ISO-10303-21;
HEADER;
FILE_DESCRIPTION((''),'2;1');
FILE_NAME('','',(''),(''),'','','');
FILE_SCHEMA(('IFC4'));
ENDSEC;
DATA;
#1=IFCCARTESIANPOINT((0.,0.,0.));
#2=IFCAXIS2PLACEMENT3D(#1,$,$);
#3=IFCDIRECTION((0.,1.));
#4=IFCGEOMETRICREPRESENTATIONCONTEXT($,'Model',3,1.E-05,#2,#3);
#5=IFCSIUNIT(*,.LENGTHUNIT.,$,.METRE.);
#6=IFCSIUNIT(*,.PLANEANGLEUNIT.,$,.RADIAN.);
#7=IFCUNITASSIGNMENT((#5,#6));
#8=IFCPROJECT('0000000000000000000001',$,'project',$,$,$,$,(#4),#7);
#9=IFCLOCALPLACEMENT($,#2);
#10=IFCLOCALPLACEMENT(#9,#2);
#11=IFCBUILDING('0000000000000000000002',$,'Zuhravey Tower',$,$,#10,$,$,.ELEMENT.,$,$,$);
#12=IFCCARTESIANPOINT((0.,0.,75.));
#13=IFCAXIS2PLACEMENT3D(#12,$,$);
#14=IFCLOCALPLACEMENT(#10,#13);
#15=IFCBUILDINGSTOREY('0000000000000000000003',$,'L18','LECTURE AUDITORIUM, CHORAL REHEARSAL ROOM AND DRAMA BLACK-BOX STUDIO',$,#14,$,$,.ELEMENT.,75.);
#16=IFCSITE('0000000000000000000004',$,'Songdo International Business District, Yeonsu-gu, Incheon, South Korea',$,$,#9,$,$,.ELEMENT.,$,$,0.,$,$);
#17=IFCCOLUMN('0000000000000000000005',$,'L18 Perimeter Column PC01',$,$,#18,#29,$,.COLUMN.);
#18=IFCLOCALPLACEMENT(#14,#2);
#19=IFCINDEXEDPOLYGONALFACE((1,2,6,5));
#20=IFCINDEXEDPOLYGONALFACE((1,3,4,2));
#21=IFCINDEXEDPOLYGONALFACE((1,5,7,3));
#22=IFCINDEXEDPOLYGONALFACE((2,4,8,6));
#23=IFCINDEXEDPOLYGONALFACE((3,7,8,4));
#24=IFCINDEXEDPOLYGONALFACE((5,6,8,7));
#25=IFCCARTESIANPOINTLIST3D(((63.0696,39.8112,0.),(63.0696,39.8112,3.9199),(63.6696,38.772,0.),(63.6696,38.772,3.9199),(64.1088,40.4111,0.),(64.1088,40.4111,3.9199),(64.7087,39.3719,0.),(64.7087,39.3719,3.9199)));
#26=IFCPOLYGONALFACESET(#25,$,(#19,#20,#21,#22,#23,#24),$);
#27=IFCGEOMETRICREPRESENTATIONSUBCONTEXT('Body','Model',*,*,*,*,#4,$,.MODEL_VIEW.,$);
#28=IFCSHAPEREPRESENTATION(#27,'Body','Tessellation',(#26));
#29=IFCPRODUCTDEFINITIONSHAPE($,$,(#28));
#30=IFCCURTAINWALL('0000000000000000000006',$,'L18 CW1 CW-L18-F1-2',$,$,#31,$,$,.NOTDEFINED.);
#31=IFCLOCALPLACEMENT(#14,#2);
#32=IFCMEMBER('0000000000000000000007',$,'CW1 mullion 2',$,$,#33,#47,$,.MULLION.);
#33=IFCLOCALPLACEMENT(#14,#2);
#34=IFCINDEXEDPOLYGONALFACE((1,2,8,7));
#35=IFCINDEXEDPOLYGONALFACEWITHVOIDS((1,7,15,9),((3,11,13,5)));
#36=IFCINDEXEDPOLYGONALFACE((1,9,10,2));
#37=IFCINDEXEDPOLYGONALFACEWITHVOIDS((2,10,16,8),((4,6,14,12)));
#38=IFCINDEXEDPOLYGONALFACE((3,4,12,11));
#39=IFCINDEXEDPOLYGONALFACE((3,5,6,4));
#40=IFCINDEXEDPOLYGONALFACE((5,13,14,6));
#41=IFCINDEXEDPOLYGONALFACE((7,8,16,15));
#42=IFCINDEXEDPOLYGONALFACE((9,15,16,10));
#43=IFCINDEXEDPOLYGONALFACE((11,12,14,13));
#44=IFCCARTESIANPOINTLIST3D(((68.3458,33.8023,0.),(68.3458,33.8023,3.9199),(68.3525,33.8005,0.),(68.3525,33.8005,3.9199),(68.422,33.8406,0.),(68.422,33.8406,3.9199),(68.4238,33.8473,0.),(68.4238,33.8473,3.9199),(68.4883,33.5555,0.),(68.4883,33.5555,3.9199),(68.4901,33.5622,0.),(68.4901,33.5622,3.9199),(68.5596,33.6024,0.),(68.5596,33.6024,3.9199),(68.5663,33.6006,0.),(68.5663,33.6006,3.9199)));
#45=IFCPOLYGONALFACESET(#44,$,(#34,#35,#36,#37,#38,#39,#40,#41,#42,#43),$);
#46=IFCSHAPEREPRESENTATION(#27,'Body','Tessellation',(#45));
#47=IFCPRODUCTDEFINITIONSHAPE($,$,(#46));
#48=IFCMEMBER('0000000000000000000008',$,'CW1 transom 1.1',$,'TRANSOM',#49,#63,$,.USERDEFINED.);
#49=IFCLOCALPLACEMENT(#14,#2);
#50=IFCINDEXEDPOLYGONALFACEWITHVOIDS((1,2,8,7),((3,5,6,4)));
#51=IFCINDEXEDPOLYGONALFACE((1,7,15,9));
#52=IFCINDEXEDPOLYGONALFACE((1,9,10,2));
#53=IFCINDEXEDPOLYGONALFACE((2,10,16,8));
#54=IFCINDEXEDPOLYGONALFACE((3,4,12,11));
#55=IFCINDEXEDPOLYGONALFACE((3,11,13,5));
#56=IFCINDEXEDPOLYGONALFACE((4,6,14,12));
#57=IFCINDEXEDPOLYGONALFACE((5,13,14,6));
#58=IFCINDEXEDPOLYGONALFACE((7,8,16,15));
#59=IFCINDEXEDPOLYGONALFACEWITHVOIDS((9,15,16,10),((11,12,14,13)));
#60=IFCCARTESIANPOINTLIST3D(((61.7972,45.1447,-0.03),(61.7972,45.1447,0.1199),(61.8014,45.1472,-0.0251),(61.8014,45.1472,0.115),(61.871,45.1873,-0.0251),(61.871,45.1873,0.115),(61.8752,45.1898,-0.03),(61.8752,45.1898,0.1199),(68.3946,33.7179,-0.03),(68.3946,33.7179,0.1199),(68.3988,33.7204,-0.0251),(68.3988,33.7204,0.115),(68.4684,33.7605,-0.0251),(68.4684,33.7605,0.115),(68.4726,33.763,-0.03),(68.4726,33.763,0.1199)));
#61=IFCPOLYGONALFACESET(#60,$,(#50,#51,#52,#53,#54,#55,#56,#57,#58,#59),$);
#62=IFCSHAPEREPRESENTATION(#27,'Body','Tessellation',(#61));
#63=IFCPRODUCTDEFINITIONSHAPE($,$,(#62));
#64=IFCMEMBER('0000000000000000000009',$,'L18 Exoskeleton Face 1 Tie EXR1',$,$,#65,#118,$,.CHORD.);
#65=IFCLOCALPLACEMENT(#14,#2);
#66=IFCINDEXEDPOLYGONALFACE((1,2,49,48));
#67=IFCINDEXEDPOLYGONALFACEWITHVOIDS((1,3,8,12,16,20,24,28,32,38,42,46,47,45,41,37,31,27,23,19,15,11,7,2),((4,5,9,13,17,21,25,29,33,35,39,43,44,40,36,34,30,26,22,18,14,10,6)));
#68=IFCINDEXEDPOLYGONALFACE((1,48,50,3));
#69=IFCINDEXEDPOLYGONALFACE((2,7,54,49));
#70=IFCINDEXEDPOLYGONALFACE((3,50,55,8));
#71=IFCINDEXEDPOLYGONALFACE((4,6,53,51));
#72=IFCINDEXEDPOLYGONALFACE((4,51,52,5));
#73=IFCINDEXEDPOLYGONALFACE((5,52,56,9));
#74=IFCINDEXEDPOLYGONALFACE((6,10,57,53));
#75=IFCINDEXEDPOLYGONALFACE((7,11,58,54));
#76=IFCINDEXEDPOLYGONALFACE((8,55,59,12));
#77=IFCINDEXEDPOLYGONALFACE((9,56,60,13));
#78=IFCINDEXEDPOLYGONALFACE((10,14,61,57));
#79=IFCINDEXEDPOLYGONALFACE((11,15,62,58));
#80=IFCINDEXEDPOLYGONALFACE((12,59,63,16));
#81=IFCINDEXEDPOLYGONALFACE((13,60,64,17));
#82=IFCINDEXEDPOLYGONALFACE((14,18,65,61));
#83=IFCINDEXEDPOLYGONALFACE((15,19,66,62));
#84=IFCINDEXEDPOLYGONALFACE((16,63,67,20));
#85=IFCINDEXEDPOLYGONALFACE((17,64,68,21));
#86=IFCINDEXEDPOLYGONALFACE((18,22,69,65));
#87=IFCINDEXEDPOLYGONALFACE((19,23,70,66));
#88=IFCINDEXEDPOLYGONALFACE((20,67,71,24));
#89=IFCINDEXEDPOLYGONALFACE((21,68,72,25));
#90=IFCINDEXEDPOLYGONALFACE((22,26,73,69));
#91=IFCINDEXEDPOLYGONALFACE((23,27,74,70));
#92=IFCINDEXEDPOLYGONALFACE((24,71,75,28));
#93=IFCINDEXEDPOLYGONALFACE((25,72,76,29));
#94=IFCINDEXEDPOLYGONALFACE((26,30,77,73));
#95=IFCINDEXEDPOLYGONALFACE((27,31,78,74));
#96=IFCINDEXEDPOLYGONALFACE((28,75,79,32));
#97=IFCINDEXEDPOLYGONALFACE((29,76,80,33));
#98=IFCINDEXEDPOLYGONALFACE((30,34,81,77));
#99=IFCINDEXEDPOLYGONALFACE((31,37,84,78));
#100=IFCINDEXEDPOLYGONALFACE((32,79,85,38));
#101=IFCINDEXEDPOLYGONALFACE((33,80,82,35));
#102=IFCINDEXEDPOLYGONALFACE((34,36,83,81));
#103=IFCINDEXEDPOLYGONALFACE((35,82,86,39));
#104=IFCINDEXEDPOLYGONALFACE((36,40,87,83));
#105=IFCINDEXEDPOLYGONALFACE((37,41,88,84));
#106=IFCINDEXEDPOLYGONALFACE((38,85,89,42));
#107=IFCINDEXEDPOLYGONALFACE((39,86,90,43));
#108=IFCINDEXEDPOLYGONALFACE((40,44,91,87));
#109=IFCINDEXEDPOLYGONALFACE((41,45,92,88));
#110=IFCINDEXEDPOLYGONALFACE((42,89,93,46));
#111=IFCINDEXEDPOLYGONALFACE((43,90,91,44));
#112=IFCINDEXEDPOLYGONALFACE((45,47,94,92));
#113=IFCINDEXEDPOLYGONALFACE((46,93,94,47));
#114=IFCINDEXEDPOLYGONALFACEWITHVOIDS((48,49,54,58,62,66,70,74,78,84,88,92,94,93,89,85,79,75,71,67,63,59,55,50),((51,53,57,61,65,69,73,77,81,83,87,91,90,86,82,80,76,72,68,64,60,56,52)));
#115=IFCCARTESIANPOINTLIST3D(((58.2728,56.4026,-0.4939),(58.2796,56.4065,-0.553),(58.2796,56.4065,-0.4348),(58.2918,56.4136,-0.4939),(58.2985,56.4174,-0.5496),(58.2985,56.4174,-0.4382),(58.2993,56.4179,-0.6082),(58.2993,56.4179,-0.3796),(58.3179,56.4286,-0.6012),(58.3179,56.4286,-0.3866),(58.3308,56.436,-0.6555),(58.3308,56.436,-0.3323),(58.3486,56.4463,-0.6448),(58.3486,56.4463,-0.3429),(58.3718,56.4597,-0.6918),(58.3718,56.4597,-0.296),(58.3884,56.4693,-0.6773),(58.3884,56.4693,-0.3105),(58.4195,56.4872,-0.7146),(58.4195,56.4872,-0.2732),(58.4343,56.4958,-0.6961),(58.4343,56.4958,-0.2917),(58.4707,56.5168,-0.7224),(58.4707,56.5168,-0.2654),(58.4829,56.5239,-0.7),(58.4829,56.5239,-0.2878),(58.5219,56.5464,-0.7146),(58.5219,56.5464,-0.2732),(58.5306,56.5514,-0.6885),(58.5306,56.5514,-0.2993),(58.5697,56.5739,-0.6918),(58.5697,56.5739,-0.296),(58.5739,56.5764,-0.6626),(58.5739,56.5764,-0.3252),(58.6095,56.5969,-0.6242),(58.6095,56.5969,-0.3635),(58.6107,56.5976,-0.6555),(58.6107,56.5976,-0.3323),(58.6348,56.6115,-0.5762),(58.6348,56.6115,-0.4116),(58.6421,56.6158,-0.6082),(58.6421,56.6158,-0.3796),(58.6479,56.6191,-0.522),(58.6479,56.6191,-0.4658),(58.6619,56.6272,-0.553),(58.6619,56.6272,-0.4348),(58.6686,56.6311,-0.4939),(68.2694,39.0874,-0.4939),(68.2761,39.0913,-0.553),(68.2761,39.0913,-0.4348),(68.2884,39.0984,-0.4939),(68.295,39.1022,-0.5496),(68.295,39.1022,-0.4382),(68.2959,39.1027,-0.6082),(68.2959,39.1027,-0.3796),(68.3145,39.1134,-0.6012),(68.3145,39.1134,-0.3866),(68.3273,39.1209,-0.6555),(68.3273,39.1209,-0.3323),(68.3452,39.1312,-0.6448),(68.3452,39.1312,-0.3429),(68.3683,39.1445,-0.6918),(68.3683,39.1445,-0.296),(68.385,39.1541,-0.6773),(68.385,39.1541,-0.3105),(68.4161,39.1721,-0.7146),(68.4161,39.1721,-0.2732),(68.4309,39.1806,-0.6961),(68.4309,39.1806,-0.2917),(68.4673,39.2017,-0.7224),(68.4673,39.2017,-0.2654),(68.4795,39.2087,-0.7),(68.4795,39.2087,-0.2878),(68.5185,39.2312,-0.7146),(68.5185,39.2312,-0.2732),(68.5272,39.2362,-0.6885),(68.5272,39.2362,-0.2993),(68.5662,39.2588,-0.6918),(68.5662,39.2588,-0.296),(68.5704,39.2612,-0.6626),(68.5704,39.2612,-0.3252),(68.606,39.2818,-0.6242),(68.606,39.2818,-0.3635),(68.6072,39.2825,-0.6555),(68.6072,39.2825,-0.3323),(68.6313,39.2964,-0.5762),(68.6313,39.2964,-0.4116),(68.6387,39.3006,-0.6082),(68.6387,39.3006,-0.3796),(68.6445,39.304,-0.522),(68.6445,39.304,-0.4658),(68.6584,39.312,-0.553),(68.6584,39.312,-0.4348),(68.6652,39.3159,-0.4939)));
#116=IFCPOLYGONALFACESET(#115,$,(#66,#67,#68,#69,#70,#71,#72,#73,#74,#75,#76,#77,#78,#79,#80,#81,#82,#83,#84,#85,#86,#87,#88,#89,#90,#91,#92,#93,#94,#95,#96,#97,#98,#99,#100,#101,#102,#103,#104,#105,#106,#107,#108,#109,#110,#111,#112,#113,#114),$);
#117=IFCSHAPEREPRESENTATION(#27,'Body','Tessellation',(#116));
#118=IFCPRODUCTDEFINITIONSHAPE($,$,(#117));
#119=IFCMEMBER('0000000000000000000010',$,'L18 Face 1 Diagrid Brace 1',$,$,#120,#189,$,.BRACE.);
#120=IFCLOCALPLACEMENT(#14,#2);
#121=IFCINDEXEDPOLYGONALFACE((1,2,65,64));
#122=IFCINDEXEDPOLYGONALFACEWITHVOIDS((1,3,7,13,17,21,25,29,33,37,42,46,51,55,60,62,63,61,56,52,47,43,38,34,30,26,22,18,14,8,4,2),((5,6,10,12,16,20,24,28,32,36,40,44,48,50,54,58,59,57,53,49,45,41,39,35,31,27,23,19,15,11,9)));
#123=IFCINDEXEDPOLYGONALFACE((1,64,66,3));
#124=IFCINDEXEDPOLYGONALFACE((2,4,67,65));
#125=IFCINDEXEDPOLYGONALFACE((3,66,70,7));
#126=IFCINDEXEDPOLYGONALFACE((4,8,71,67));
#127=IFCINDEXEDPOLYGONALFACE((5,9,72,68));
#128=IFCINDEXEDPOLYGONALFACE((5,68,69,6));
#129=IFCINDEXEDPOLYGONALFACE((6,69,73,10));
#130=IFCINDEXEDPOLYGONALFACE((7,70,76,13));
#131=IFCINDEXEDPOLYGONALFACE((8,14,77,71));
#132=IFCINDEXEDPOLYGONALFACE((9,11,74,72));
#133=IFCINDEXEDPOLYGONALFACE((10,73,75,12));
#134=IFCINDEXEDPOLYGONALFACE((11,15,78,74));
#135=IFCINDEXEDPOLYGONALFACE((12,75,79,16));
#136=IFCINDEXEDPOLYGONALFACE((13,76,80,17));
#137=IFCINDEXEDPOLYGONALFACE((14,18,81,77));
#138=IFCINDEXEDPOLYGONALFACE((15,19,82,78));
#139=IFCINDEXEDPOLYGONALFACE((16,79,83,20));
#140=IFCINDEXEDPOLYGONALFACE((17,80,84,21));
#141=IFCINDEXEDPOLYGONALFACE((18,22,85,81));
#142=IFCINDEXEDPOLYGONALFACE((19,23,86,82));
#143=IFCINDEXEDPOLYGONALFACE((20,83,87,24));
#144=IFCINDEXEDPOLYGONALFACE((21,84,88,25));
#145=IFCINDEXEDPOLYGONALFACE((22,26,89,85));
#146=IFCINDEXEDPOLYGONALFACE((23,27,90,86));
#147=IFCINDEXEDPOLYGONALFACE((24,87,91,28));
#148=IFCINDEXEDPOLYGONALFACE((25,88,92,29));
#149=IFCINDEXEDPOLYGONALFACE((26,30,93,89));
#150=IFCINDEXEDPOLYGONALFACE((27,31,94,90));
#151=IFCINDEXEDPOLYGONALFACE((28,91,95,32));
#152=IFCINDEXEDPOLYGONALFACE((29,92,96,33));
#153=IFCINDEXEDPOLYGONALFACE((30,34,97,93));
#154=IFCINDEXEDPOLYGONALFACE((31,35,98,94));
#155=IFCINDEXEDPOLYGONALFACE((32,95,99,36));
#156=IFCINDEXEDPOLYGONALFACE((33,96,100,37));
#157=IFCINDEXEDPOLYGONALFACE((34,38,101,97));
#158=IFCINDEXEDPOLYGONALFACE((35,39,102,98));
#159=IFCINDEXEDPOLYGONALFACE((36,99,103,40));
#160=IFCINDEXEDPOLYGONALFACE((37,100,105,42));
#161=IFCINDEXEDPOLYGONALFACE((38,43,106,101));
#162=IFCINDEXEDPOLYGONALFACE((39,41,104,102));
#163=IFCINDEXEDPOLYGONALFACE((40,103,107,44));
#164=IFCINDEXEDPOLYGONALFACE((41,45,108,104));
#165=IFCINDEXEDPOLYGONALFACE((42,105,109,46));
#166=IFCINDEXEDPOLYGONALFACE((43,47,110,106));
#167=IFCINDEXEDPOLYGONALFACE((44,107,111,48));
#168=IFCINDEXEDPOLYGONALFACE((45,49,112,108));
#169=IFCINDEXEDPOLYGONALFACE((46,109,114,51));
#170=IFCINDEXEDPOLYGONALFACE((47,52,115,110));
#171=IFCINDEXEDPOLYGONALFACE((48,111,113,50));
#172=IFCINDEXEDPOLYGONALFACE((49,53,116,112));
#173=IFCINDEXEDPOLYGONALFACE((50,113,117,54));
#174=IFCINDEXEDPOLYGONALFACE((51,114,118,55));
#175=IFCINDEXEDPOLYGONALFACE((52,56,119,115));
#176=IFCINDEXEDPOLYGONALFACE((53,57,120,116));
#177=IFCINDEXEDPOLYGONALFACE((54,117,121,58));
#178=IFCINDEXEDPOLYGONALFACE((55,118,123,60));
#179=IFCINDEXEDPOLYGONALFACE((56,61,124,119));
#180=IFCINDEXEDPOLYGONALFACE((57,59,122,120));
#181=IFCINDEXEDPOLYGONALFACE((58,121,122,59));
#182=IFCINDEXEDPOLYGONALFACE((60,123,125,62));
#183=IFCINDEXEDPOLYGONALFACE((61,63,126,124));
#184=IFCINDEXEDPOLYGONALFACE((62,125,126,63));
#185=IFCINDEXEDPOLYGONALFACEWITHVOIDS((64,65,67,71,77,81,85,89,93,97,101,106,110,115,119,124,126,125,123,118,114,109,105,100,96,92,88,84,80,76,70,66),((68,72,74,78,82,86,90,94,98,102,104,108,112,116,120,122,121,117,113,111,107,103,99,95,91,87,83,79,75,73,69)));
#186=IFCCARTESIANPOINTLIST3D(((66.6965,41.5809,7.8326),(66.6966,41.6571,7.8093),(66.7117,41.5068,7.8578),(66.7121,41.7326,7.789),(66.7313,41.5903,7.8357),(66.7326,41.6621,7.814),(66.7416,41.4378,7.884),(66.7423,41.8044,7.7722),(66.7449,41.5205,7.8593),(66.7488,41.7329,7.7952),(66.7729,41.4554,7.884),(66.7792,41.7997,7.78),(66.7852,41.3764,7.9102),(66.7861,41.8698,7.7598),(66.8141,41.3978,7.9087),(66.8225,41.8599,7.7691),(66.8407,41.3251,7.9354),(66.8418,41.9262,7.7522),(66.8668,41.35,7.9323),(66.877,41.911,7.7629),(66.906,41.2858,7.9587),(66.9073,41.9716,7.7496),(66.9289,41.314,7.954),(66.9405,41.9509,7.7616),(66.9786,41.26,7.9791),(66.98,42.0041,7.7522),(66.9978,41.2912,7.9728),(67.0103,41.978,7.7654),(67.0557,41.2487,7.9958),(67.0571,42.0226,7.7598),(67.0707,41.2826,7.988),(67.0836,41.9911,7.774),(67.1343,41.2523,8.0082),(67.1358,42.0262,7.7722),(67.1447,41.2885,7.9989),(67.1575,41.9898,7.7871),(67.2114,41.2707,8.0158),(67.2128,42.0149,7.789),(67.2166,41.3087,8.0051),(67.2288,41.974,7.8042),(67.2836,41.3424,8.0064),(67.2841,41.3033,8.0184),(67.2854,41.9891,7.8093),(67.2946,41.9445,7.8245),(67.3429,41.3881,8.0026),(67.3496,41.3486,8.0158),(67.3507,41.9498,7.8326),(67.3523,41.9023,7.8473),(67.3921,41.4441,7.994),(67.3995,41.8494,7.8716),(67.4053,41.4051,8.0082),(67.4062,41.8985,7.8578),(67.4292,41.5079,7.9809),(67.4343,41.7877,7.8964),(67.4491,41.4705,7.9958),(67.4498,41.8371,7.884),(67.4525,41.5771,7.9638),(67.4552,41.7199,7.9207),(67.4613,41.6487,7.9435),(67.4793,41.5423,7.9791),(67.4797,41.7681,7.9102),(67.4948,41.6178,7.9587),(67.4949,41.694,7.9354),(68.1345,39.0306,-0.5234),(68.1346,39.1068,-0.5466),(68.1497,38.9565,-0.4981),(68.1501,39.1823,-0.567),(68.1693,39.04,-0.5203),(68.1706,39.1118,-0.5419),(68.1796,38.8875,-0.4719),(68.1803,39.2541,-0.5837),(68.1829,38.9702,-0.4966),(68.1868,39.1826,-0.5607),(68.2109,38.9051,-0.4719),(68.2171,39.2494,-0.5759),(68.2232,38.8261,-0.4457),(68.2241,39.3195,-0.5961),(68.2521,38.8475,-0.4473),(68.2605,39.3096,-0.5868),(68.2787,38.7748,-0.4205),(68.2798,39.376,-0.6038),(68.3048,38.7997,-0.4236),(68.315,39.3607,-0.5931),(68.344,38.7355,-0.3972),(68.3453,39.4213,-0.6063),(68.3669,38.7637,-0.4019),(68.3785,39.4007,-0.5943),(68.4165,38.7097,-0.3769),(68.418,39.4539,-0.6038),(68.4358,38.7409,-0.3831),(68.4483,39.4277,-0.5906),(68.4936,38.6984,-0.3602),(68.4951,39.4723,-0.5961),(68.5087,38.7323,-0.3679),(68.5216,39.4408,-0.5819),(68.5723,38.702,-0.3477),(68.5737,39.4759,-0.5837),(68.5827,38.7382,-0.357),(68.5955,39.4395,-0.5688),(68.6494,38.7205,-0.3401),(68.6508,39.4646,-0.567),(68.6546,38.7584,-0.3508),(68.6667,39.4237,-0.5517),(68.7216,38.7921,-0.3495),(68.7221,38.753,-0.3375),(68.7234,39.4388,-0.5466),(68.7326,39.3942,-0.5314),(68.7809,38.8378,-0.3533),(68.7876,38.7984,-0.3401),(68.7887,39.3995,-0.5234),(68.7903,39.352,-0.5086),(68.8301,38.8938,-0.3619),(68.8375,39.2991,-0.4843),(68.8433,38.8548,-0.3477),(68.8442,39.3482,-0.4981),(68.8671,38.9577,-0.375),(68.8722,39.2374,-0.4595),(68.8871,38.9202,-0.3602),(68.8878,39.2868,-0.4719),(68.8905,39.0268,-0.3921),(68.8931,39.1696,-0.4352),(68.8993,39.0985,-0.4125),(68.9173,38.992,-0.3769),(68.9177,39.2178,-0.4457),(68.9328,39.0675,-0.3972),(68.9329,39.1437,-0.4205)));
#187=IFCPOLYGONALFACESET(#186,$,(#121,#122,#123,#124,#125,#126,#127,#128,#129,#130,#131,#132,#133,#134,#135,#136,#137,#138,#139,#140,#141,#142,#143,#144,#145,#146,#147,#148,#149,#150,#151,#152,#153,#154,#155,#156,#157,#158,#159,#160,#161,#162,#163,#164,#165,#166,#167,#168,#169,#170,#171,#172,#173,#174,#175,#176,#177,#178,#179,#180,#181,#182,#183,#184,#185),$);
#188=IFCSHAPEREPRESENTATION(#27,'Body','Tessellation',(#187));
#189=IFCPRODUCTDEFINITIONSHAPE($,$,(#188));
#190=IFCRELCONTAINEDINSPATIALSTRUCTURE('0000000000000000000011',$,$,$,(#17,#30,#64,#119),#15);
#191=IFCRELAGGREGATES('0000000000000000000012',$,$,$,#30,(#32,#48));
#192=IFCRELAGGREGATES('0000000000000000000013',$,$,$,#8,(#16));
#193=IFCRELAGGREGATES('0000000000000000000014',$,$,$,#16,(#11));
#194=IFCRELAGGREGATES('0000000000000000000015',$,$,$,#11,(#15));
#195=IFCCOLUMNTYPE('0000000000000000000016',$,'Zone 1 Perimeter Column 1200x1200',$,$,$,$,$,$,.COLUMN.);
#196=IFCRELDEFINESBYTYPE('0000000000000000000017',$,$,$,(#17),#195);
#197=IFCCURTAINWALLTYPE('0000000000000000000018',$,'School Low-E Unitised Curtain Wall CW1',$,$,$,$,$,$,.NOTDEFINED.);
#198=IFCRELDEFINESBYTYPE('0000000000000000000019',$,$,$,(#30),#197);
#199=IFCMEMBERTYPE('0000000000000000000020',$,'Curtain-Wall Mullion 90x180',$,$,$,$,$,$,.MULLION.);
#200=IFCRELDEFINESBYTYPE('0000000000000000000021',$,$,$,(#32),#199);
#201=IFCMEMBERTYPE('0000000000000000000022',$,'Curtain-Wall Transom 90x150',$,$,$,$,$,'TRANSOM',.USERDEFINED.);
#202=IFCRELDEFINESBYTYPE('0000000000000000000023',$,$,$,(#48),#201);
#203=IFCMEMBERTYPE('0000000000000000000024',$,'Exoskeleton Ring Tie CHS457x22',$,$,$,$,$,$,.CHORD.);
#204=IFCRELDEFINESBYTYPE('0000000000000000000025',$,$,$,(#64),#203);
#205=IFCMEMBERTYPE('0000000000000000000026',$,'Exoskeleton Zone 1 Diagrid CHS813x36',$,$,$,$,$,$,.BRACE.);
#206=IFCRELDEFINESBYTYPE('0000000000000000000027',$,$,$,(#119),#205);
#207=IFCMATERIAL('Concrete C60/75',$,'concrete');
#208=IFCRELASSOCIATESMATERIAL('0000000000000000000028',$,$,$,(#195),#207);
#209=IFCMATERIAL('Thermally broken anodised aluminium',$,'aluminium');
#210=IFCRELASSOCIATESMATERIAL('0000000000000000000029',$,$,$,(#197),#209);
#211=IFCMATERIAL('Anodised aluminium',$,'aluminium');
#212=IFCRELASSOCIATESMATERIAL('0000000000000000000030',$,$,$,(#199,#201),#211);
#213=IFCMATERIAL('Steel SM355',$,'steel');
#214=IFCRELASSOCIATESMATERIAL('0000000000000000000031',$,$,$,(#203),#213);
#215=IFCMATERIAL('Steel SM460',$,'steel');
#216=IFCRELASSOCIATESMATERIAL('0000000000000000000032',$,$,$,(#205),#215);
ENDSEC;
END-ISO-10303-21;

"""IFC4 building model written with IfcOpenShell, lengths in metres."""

from ifc_helpers import new_model, si_unit, direction, frame, origin, origin_2d, place, context, subcontext, project, spatial, rectangle, hollow_rectangle, hollow_circle, extrude, material, material_profile, profile_set, type_object, element, aggregate, save


model = new_model("IFC4")

# Units and contexts
model_context = context("Model", 3, precision=1e-05, world=origin(), true_north=direction((0.0, 1.0)))
body_context = subcontext(model_context, "Body", "Model", "MODEL_VIEW")
ifc_project = project(units=[si_unit("LENGTHUNIT", "METRE"), si_unit("PLANEANGLEUNIT", "RADIAN")], contexts=[model_context])

# Site, building, storey
site_placement = place(None, origin())
site = spatial("IfcSite", under=ifc_project, at=site_placement, Name="Songdo International Business District, Yeonsu-gu, Incheon, South Korea", CompositionType="ELEMENT", RefElevation=0.0)
building_placement = place(site_placement, origin())
building = spatial("IfcBuilding", under=site, at=building_placement, Name="Zuhravey Tower", CompositionType="ELEMENT")
storey_placement = place(building_placement, frame((0.0, 0.0, 75.0)))
storey = spatial("IfcBuildingStorey", under=building, at=storey_placement, Name="L18", Description="LECTURE AUDITORIUM, CHORAL REHEARSAL ROOM AND DRAMA BLACK-BOX STUDIO", CompositionType="ELEMENT", Elevation=75.0)

# Column
ifc_material_1 = material(Name="Concrete C60/75", Category="concrete")
ifc_material_profile_1 = material_profile(ifc_material_1, rectangle(XDim=1.2, YDim=1.2, at=origin_2d()), Name="RC-1200x1200")
ifc_profile_set_1 = profile_set([ifc_material_profile_1], Name="Concrete C60/75")
column_type = type_object("IfcColumnType", Name="Zone 1 Perimeter Column 1200x1200", PredefinedType="COLUMN", material=ifc_profile_set_1)
column_placement = place(storey_placement, frame((63.8892, 39.5916, 0.0), z_axis=(0.0, 0.0, 1.0), x_axis=(-0.5, 0.866025, 0.0)))
element("IfcColumn", 1, at=column_placement, inside=storey, type_object=column_type, Name="L18 Perimeter Column PC01", PredefinedType="COLUMN", context=body_context, shape_type="SweptSolid", body=[
    extrude(rectangle(XDim=1.2, YDim=1.2, at=origin_2d()), origin(), (0.0, 0.0, 1.0), 3.9199),
])

# Curtain wall, members
ifc_material_2 = material(Name="Thermally broken anodised aluminium", Category="aluminium")
curtain_wall_type = type_object("IfcCurtainWallType", Name="School Low-E Unitised Curtain Wall CW1", PredefinedType="NOTDEFINED", material=ifc_material_2)
curtain_wall_placement = place(storey_placement, origin())
curtain_wall = element("IfcCurtainWall", 2, at=curtain_wall_placement, inside=storey, type_object=curtain_wall_type, Name="L18 CW1 CW-L18-F1-2", PredefinedType="NOTDEFINED")
ifc_material_3 = material(Name="Anodised aluminium", Category="aluminium")
ifc_material_profile_2 = material_profile(ifc_material_3, hollow_rectangle(XDim=0.0901, YDim=0.2849, WallThickness=0.0049, at=origin_2d()), Name="ALU-RHS-90x285x5")
ifc_profile_set_2 = profile_set([ifc_material_profile_2], Name="Anodised aluminium")
member_type_1 = type_object("IfcMemberType", Name="Curtain-Wall Mullion 90x180", PredefinedType="MULLION", material=ifc_profile_set_2)
member_1_placement = place(storey_placement, frame((68.4561, 33.7014, 0.0), z_axis=(0.0, 0.0, 1.0), x_axis=(0.866025, 0.500001, 0.0)))
member_1 = element("IfcMember", 3, at=member_1_placement, type_object=member_type_1, Name="CW1 mullion 2", PredefinedType="MULLION", context=body_context, shape_type="SweptSolid", body=[
    extrude(hollow_rectangle(XDim=0.0901, YDim=0.2849, WallThickness=0.0049, at=origin_2d()), origin(), (0.0, 0.0, 1.0), 3.9199),
])
ifc_material_profile_3 = material_profile(ifc_material_3, hollow_rectangle(XDim=0.0901, YDim=0.1499, WallThickness=0.0049, at=origin_2d()), Name="ALU-RHS-90x150x5")
ifc_profile_set_3 = profile_set([ifc_material_profile_3], Name="Anodised aluminium")
member_type_2 = type_object("IfcMemberType", Name="Curtain-Wall Transom 90x150", ElementType="TRANSOM", PredefinedType="USERDEFINED", material=ifc_profile_set_3)
member_2_placement = place(storey_placement, frame((61.8362, 45.1672, 0.0449), z_axis=(0.50001, -0.86602, 0.0), x_axis=(0.86602, 0.50001, 0.0)))
member_2 = element("IfcMember", 4, at=member_2_placement, type_object=member_type_2, Name="CW1 transom 1.1", ObjectType="TRANSOM", PredefinedType="USERDEFINED", context=body_context, shape_type="SweptSolid", body=[
    extrude(hollow_rectangle(XDim=0.0901, YDim=0.1499, WallThickness=0.0049, at=origin_2d()), origin(), (0.0, 0.0, 1.0), 13.1946),
])

# Members
ifc_material_4 = material(Name="Steel SM355", Category="steel")
ifc_material_profile_4 = material_profile(ifc_material_4, hollow_circle(Radius=0.2285, WallThickness=0.022, at=origin_2d()), Name="CHS-457.2x22")
ifc_profile_set_4 = profile_set([ifc_material_profile_4], Name="Steel SM355")
member_type_3 = type_object("IfcMemberType", Name="Exoskeleton Ring Tie CHS457x22", PredefinedType="CHORD", material=ifc_profile_set_4)
member_3_placement = place(storey_placement, frame((68.4673, 39.2017, -0.4939), z_axis=(-0.499987, 0.866033, 0.0), x_axis=(-0.866033, -0.499987, 0.0)))
element("IfcMember", 5, at=member_3_placement, inside=storey, type_object=member_type_3, Name="L18 Exoskeleton Face 1 Tie EXR1", PredefinedType="CHORD", context=body_context, shape_type="SweptSolid", body=[
    extrude(hollow_circle(Radius=0.2285, WallThickness=0.022, at=origin_2d()), origin(), (0.0, 0.0, 1.0), 19.9937),
])
ifc_material_5 = material(Name="Steel SM460", Category="steel")
ifc_material_profile_5 = material_profile(ifc_material_5, hollow_circle(Radius=0.4065, WallThickness=0.0359, at=origin_2d()), Name="CHS-812.8x36")
ifc_profile_set_5 = profile_set([ifc_material_profile_5], Name="Steel SM460")
member_type_4 = type_object("IfcMemberType", Name="Exoskeleton Zone 1 Diagrid CHS813x36", PredefinedType="BRACE", material=ifc_profile_set_5)
member_4_placement = place(storey_placement, frame((68.5337, 39.0872, -0.4719), z_axis=(-0.162411, 0.288038, 0.943746), x_axis=(-0.871072, -0.491156, 0.0)))
element("IfcMember", 6, at=member_4_placement, inside=storey, type_object=member_type_4, Name="L18 Face 1 Diagrid Brace 1", PredefinedType="BRACE", context=body_context, shape_type="SweptSolid", body=[
    extrude(hollow_circle(Radius=0.4065, WallThickness=0.0359, at=origin_2d()), origin(), (0.0, 0.0, 1.0), 8.854),
])

aggregate(curtain_wall, [member_1, member_2])

save(model, "model.ifc")
